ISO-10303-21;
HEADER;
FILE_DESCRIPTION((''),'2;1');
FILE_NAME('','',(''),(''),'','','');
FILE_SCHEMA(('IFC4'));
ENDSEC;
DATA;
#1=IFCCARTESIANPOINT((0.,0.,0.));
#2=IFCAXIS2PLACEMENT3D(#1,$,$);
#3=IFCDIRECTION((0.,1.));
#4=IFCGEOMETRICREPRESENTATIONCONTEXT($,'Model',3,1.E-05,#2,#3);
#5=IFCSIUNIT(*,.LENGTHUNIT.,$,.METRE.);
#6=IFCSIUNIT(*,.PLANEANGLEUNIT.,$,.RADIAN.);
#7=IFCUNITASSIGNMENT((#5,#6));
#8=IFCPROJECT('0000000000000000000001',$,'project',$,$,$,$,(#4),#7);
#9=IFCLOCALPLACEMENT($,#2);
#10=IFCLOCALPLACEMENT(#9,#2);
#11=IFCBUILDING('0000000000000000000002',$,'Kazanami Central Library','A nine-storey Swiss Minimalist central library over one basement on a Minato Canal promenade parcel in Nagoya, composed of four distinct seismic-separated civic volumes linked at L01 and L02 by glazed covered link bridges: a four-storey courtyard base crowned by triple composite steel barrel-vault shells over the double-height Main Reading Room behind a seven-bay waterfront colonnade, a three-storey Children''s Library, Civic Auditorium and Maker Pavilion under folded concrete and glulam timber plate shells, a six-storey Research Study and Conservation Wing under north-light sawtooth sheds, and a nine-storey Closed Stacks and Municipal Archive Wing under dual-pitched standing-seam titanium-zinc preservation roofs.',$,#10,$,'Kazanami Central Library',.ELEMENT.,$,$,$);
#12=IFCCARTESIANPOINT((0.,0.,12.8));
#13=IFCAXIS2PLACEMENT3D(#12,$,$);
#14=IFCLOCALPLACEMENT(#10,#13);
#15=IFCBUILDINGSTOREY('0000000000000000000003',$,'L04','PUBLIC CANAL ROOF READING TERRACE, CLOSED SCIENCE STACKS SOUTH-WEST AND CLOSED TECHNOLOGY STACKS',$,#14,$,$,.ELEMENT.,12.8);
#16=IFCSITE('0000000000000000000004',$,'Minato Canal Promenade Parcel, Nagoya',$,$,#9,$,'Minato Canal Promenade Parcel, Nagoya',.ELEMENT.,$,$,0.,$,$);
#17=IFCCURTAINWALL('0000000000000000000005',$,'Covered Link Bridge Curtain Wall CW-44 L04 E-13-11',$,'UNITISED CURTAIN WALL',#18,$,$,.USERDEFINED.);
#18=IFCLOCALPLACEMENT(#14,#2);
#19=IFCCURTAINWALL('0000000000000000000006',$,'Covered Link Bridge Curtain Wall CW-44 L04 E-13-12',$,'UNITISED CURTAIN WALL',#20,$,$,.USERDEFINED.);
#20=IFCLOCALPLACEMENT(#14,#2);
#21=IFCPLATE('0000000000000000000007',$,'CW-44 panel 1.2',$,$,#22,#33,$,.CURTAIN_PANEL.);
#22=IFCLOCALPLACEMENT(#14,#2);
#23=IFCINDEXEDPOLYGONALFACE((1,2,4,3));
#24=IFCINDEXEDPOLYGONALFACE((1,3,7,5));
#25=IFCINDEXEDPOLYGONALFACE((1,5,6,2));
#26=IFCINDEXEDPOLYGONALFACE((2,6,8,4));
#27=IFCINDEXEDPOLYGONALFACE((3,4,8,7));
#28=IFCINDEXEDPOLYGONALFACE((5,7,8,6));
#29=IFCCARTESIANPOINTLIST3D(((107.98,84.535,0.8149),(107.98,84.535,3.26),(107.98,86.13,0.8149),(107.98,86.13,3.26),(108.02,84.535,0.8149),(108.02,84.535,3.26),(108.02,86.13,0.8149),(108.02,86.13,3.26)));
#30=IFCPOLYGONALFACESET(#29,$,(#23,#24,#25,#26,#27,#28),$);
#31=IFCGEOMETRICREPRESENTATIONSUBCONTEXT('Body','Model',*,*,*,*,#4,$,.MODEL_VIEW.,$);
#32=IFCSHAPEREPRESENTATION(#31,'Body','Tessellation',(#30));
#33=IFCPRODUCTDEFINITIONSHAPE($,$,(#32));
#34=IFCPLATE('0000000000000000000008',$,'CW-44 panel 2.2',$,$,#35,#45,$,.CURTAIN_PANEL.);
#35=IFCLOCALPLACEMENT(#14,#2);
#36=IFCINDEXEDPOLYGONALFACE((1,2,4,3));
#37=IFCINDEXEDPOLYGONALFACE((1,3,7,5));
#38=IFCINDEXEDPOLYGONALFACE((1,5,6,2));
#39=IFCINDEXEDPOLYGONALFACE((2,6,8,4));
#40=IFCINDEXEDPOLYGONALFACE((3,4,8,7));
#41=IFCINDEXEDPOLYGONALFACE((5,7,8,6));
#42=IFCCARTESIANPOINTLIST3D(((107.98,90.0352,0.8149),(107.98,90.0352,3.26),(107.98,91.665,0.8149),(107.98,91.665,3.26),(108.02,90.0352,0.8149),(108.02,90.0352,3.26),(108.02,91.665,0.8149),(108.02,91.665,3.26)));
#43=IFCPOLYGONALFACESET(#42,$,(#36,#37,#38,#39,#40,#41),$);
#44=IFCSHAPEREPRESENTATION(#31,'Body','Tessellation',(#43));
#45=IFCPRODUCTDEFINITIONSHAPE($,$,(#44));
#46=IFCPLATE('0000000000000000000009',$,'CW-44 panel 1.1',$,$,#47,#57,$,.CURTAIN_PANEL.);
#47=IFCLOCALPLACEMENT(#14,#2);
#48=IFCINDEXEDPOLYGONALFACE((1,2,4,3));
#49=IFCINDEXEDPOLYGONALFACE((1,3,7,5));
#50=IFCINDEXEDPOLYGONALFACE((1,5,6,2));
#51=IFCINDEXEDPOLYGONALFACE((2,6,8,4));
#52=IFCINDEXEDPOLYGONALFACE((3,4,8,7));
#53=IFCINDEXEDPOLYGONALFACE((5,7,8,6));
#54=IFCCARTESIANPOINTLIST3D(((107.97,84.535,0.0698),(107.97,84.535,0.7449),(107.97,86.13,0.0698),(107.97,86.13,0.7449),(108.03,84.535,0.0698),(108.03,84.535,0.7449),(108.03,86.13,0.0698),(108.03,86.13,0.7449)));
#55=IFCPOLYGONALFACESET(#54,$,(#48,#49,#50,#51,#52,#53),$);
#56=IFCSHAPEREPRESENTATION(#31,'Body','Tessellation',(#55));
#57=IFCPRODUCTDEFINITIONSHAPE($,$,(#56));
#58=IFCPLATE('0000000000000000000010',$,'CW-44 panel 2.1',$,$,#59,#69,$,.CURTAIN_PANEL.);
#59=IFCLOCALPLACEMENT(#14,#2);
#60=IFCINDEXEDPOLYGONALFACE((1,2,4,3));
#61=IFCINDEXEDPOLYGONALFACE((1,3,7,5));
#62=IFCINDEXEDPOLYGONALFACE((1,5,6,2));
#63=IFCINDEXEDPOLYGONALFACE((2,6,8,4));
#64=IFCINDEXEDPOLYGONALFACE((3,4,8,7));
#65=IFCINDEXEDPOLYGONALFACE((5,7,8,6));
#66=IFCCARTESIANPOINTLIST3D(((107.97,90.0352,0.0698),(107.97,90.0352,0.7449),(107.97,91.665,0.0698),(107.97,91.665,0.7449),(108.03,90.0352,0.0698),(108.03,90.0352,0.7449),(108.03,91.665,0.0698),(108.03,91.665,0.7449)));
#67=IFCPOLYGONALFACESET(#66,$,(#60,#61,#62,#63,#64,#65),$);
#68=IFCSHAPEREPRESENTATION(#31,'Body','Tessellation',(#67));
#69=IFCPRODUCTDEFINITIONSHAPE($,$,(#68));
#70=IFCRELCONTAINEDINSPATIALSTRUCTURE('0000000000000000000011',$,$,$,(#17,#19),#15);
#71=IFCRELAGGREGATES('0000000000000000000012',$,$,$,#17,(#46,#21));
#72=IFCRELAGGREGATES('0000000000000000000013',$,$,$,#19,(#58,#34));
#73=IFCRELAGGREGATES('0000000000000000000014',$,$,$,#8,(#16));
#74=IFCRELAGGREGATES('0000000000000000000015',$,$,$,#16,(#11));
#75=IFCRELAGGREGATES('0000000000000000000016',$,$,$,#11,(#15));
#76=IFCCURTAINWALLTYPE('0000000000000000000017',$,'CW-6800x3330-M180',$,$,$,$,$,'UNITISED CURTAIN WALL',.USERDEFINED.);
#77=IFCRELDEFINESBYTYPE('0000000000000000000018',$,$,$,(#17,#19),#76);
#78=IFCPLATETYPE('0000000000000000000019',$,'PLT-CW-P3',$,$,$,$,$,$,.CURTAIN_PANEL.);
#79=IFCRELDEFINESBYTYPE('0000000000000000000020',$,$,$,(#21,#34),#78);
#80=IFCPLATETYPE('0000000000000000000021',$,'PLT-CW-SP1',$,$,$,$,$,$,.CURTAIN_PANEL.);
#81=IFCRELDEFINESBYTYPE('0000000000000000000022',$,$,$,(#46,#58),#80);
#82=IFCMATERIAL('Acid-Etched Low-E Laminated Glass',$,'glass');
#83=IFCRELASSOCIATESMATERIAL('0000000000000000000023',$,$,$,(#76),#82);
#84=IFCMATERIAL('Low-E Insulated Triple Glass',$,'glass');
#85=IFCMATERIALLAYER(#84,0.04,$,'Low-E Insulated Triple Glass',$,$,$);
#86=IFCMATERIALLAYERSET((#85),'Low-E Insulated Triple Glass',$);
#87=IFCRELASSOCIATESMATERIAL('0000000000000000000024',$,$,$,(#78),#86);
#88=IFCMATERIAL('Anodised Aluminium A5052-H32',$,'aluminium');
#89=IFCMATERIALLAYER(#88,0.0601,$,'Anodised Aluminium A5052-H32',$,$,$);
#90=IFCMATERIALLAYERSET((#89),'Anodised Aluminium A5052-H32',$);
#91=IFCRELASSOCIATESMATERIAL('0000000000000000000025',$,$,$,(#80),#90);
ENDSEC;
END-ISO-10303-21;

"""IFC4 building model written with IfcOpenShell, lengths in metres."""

from ifc_helpers import new_model, si_unit, direction, frame, origin, origin_2d, place, context, subcontext, project, spatial, rectangle, extrude, material, layer, layer_set, type_object, element, aggregate, save


model = new_model("IFC4")

# Units and contexts
model_context = context("Model", 3, precision=1e-05, world=origin(), true_north=direction((0.0, 1.0)))
body_context = subcontext(model_context, "Body", "Model", "MODEL_VIEW")
ifc_project = project(units=[si_unit("LENGTHUNIT", "METRE"), si_unit("PLANEANGLEUNIT", "RADIAN")], contexts=[model_context])

# Site, building, storey
site_placement = place(None, origin())
site = spatial("IfcSite", under=ifc_project, at=site_placement, Name="Minato Canal Promenade Parcel, Nagoya", LongName="Minato Canal Promenade Parcel, Nagoya", CompositionType="ELEMENT", RefElevation=0.0)
building_placement = place(site_placement, origin())
building = spatial("IfcBuilding", under=site, at=building_placement, Name="Kazanami Central Library", Description="A nine-storey Swiss Minimalist central library over one basement on a Minato Canal promenade parcel in Nagoya, composed of four distinct seismic-separated civic volumes linked at L01 and L02 by glazed covered link bridges: a four-storey courtyard base crowned by triple composite steel barrel-vault shells over the double-height Main Reading Room behind a seven-bay waterfront colonnade, a three-storey Children's Library, Civic Auditorium and Maker Pavilion under folded concrete and glulam timber plate shells, a six-storey Research Study and Conservation Wing under north-light sawtooth sheds, and a nine-storey Closed Stacks and Municipal Archive Wing under dual-pitched standing-seam titanium-zinc preservation roofs.", LongName="Kazanami Central Library", CompositionType="ELEMENT")
storey_placement = place(building_placement, frame((0.0, 0.0, 12.8)))
storey = spatial("IfcBuildingStorey", under=building, at=storey_placement, Name="L04", Description="PUBLIC CANAL ROOF READING TERRACE, CLOSED SCIENCE STACKS SOUTH-WEST AND CLOSED TECHNOLOGY STACKS", CompositionType="ELEMENT", Elevation=12.8)

# Curtain walls
ifc_material_1 = material(Name="Acid-Etched Low-E Laminated Glass", Category="glass")
curtain_wall_type = type_object("IfcCurtainWallType", Name="CW-6800x3330-M180", ElementType="UNITISED CURTAIN WALL", PredefinedType="USERDEFINED", material=ifc_material_1)
curtain_wall_1_placement = place(storey_placement, origin())
curtain_wall_1 = element("IfcCurtainWall", 1, at=curtain_wall_1_placement, inside=storey, type_object=curtain_wall_type, Name="Covered Link Bridge Curtain Wall CW-44 L04 E-13-11", ObjectType="UNITISED CURTAIN WALL", PredefinedType="USERDEFINED")
curtain_wall_2_placement = place(storey_placement, origin())
curtain_wall_2 = element("IfcCurtainWall", 2, at=curtain_wall_2_placement, inside=storey, type_object=curtain_wall_type, Name="Covered Link Bridge Curtain Wall CW-44 L04 E-13-12", ObjectType="UNITISED CURTAIN WALL", PredefinedType="USERDEFINED")

# Plates
ifc_material_2 = material(Name="Low-E Insulated Triple Glass", Category="glass")
ifc_layer_1 = layer(ifc_material_2, 0.04, Name="Low-E Insulated Triple Glass")
ifc_layer_set_1 = layer_set([ifc_layer_1], Name="Low-E Insulated Triple Glass")
plate_type_1 = type_object("IfcPlateType", Name="PLT-CW-P3", PredefinedType="CURTAIN_PANEL", material=ifc_layer_set_1)
plate_1_placement = place(storey_placement, frame((108.0, 85.3325, 0.8149), z_axis=(0.0, 0.0, 1.0), x_axis=(0.0, -1.0, 0.0)))
plate_1 = element("IfcPlate", 3, at=plate_1_placement, type_object=plate_type_1, Name="CW-44 panel 1.2", PredefinedType="CURTAIN_PANEL", context=body_context, shape_type="SweptSolid", body=[
    extrude(rectangle(XDim=1.595, YDim=0.04, at=origin_2d()), origin(), (0.0, 0.0, 1.0), 2.4451),
])
plate_2_placement = place(storey_placement, frame((108.0, 90.8501, 0.8149), z_axis=(0.0, 0.0, 1.0), x_axis=(0.0, -1.0, 0.0)))
plate_2 = element("IfcPlate", 4, at=plate_2_placement, type_object=plate_type_1, Name="CW-44 panel 2.2", PredefinedType="CURTAIN_PANEL", context=body_context, shape_type="SweptSolid", body=[
    extrude(rectangle(XDim=1.6299, YDim=0.04, at=origin_2d()), origin(), (0.0, 0.0, 1.0), 2.4451),
])
ifc_material_3 = material(Name="Anodised Aluminium A5052-H32", Category="aluminium")
ifc_layer_2 = layer(ifc_material_3, 0.0601, Name="Anodised Aluminium A5052-H32")
ifc_layer_set_2 = layer_set([ifc_layer_2], Name="Anodised Aluminium A5052-H32")
plate_type_2 = type_object("IfcPlateType", Name="PLT-CW-SP1", PredefinedType="CURTAIN_PANEL", material=ifc_layer_set_2)
plate_3_placement = place(storey_placement, frame((108.0, 85.3325, 0.0698), z_axis=(0.0, 0.0, 1.0), x_axis=(0.0, -1.0, 0.0)))
plate_3 = element("IfcPlate", 5, at=plate_3_placement, type_object=plate_type_2, Name="CW-44 panel 1.1", PredefinedType="CURTAIN_PANEL", context=body_context, shape_type="SweptSolid", body=[
    extrude(rectangle(XDim=1.595, YDim=0.0601, at=origin_2d()), origin(), (0.0, 0.0, 1.0), 0.675),
])
aggregate(curtain_wall_1, [plate_3, plate_1])
plate_4_placement = place(storey_placement, frame((108.0, 90.8501, 0.0698), z_axis=(0.0, 0.0, 1.0), x_axis=(0.0, -1.0, 0.0)))
plate_4 = element("IfcPlate", 6, at=plate_4_placement, type_object=plate_type_2, Name="CW-44 panel 2.1", PredefinedType="CURTAIN_PANEL", context=body_context, shape_type="SweptSolid", body=[
    extrude(rectangle(XDim=1.6299, YDim=0.0601, at=origin_2d()), origin(), (0.0, 0.0, 1.0), 0.675),
])
aggregate(curtain_wall_2, [plate_4, plate_2])

save(model, "model.ifc")
